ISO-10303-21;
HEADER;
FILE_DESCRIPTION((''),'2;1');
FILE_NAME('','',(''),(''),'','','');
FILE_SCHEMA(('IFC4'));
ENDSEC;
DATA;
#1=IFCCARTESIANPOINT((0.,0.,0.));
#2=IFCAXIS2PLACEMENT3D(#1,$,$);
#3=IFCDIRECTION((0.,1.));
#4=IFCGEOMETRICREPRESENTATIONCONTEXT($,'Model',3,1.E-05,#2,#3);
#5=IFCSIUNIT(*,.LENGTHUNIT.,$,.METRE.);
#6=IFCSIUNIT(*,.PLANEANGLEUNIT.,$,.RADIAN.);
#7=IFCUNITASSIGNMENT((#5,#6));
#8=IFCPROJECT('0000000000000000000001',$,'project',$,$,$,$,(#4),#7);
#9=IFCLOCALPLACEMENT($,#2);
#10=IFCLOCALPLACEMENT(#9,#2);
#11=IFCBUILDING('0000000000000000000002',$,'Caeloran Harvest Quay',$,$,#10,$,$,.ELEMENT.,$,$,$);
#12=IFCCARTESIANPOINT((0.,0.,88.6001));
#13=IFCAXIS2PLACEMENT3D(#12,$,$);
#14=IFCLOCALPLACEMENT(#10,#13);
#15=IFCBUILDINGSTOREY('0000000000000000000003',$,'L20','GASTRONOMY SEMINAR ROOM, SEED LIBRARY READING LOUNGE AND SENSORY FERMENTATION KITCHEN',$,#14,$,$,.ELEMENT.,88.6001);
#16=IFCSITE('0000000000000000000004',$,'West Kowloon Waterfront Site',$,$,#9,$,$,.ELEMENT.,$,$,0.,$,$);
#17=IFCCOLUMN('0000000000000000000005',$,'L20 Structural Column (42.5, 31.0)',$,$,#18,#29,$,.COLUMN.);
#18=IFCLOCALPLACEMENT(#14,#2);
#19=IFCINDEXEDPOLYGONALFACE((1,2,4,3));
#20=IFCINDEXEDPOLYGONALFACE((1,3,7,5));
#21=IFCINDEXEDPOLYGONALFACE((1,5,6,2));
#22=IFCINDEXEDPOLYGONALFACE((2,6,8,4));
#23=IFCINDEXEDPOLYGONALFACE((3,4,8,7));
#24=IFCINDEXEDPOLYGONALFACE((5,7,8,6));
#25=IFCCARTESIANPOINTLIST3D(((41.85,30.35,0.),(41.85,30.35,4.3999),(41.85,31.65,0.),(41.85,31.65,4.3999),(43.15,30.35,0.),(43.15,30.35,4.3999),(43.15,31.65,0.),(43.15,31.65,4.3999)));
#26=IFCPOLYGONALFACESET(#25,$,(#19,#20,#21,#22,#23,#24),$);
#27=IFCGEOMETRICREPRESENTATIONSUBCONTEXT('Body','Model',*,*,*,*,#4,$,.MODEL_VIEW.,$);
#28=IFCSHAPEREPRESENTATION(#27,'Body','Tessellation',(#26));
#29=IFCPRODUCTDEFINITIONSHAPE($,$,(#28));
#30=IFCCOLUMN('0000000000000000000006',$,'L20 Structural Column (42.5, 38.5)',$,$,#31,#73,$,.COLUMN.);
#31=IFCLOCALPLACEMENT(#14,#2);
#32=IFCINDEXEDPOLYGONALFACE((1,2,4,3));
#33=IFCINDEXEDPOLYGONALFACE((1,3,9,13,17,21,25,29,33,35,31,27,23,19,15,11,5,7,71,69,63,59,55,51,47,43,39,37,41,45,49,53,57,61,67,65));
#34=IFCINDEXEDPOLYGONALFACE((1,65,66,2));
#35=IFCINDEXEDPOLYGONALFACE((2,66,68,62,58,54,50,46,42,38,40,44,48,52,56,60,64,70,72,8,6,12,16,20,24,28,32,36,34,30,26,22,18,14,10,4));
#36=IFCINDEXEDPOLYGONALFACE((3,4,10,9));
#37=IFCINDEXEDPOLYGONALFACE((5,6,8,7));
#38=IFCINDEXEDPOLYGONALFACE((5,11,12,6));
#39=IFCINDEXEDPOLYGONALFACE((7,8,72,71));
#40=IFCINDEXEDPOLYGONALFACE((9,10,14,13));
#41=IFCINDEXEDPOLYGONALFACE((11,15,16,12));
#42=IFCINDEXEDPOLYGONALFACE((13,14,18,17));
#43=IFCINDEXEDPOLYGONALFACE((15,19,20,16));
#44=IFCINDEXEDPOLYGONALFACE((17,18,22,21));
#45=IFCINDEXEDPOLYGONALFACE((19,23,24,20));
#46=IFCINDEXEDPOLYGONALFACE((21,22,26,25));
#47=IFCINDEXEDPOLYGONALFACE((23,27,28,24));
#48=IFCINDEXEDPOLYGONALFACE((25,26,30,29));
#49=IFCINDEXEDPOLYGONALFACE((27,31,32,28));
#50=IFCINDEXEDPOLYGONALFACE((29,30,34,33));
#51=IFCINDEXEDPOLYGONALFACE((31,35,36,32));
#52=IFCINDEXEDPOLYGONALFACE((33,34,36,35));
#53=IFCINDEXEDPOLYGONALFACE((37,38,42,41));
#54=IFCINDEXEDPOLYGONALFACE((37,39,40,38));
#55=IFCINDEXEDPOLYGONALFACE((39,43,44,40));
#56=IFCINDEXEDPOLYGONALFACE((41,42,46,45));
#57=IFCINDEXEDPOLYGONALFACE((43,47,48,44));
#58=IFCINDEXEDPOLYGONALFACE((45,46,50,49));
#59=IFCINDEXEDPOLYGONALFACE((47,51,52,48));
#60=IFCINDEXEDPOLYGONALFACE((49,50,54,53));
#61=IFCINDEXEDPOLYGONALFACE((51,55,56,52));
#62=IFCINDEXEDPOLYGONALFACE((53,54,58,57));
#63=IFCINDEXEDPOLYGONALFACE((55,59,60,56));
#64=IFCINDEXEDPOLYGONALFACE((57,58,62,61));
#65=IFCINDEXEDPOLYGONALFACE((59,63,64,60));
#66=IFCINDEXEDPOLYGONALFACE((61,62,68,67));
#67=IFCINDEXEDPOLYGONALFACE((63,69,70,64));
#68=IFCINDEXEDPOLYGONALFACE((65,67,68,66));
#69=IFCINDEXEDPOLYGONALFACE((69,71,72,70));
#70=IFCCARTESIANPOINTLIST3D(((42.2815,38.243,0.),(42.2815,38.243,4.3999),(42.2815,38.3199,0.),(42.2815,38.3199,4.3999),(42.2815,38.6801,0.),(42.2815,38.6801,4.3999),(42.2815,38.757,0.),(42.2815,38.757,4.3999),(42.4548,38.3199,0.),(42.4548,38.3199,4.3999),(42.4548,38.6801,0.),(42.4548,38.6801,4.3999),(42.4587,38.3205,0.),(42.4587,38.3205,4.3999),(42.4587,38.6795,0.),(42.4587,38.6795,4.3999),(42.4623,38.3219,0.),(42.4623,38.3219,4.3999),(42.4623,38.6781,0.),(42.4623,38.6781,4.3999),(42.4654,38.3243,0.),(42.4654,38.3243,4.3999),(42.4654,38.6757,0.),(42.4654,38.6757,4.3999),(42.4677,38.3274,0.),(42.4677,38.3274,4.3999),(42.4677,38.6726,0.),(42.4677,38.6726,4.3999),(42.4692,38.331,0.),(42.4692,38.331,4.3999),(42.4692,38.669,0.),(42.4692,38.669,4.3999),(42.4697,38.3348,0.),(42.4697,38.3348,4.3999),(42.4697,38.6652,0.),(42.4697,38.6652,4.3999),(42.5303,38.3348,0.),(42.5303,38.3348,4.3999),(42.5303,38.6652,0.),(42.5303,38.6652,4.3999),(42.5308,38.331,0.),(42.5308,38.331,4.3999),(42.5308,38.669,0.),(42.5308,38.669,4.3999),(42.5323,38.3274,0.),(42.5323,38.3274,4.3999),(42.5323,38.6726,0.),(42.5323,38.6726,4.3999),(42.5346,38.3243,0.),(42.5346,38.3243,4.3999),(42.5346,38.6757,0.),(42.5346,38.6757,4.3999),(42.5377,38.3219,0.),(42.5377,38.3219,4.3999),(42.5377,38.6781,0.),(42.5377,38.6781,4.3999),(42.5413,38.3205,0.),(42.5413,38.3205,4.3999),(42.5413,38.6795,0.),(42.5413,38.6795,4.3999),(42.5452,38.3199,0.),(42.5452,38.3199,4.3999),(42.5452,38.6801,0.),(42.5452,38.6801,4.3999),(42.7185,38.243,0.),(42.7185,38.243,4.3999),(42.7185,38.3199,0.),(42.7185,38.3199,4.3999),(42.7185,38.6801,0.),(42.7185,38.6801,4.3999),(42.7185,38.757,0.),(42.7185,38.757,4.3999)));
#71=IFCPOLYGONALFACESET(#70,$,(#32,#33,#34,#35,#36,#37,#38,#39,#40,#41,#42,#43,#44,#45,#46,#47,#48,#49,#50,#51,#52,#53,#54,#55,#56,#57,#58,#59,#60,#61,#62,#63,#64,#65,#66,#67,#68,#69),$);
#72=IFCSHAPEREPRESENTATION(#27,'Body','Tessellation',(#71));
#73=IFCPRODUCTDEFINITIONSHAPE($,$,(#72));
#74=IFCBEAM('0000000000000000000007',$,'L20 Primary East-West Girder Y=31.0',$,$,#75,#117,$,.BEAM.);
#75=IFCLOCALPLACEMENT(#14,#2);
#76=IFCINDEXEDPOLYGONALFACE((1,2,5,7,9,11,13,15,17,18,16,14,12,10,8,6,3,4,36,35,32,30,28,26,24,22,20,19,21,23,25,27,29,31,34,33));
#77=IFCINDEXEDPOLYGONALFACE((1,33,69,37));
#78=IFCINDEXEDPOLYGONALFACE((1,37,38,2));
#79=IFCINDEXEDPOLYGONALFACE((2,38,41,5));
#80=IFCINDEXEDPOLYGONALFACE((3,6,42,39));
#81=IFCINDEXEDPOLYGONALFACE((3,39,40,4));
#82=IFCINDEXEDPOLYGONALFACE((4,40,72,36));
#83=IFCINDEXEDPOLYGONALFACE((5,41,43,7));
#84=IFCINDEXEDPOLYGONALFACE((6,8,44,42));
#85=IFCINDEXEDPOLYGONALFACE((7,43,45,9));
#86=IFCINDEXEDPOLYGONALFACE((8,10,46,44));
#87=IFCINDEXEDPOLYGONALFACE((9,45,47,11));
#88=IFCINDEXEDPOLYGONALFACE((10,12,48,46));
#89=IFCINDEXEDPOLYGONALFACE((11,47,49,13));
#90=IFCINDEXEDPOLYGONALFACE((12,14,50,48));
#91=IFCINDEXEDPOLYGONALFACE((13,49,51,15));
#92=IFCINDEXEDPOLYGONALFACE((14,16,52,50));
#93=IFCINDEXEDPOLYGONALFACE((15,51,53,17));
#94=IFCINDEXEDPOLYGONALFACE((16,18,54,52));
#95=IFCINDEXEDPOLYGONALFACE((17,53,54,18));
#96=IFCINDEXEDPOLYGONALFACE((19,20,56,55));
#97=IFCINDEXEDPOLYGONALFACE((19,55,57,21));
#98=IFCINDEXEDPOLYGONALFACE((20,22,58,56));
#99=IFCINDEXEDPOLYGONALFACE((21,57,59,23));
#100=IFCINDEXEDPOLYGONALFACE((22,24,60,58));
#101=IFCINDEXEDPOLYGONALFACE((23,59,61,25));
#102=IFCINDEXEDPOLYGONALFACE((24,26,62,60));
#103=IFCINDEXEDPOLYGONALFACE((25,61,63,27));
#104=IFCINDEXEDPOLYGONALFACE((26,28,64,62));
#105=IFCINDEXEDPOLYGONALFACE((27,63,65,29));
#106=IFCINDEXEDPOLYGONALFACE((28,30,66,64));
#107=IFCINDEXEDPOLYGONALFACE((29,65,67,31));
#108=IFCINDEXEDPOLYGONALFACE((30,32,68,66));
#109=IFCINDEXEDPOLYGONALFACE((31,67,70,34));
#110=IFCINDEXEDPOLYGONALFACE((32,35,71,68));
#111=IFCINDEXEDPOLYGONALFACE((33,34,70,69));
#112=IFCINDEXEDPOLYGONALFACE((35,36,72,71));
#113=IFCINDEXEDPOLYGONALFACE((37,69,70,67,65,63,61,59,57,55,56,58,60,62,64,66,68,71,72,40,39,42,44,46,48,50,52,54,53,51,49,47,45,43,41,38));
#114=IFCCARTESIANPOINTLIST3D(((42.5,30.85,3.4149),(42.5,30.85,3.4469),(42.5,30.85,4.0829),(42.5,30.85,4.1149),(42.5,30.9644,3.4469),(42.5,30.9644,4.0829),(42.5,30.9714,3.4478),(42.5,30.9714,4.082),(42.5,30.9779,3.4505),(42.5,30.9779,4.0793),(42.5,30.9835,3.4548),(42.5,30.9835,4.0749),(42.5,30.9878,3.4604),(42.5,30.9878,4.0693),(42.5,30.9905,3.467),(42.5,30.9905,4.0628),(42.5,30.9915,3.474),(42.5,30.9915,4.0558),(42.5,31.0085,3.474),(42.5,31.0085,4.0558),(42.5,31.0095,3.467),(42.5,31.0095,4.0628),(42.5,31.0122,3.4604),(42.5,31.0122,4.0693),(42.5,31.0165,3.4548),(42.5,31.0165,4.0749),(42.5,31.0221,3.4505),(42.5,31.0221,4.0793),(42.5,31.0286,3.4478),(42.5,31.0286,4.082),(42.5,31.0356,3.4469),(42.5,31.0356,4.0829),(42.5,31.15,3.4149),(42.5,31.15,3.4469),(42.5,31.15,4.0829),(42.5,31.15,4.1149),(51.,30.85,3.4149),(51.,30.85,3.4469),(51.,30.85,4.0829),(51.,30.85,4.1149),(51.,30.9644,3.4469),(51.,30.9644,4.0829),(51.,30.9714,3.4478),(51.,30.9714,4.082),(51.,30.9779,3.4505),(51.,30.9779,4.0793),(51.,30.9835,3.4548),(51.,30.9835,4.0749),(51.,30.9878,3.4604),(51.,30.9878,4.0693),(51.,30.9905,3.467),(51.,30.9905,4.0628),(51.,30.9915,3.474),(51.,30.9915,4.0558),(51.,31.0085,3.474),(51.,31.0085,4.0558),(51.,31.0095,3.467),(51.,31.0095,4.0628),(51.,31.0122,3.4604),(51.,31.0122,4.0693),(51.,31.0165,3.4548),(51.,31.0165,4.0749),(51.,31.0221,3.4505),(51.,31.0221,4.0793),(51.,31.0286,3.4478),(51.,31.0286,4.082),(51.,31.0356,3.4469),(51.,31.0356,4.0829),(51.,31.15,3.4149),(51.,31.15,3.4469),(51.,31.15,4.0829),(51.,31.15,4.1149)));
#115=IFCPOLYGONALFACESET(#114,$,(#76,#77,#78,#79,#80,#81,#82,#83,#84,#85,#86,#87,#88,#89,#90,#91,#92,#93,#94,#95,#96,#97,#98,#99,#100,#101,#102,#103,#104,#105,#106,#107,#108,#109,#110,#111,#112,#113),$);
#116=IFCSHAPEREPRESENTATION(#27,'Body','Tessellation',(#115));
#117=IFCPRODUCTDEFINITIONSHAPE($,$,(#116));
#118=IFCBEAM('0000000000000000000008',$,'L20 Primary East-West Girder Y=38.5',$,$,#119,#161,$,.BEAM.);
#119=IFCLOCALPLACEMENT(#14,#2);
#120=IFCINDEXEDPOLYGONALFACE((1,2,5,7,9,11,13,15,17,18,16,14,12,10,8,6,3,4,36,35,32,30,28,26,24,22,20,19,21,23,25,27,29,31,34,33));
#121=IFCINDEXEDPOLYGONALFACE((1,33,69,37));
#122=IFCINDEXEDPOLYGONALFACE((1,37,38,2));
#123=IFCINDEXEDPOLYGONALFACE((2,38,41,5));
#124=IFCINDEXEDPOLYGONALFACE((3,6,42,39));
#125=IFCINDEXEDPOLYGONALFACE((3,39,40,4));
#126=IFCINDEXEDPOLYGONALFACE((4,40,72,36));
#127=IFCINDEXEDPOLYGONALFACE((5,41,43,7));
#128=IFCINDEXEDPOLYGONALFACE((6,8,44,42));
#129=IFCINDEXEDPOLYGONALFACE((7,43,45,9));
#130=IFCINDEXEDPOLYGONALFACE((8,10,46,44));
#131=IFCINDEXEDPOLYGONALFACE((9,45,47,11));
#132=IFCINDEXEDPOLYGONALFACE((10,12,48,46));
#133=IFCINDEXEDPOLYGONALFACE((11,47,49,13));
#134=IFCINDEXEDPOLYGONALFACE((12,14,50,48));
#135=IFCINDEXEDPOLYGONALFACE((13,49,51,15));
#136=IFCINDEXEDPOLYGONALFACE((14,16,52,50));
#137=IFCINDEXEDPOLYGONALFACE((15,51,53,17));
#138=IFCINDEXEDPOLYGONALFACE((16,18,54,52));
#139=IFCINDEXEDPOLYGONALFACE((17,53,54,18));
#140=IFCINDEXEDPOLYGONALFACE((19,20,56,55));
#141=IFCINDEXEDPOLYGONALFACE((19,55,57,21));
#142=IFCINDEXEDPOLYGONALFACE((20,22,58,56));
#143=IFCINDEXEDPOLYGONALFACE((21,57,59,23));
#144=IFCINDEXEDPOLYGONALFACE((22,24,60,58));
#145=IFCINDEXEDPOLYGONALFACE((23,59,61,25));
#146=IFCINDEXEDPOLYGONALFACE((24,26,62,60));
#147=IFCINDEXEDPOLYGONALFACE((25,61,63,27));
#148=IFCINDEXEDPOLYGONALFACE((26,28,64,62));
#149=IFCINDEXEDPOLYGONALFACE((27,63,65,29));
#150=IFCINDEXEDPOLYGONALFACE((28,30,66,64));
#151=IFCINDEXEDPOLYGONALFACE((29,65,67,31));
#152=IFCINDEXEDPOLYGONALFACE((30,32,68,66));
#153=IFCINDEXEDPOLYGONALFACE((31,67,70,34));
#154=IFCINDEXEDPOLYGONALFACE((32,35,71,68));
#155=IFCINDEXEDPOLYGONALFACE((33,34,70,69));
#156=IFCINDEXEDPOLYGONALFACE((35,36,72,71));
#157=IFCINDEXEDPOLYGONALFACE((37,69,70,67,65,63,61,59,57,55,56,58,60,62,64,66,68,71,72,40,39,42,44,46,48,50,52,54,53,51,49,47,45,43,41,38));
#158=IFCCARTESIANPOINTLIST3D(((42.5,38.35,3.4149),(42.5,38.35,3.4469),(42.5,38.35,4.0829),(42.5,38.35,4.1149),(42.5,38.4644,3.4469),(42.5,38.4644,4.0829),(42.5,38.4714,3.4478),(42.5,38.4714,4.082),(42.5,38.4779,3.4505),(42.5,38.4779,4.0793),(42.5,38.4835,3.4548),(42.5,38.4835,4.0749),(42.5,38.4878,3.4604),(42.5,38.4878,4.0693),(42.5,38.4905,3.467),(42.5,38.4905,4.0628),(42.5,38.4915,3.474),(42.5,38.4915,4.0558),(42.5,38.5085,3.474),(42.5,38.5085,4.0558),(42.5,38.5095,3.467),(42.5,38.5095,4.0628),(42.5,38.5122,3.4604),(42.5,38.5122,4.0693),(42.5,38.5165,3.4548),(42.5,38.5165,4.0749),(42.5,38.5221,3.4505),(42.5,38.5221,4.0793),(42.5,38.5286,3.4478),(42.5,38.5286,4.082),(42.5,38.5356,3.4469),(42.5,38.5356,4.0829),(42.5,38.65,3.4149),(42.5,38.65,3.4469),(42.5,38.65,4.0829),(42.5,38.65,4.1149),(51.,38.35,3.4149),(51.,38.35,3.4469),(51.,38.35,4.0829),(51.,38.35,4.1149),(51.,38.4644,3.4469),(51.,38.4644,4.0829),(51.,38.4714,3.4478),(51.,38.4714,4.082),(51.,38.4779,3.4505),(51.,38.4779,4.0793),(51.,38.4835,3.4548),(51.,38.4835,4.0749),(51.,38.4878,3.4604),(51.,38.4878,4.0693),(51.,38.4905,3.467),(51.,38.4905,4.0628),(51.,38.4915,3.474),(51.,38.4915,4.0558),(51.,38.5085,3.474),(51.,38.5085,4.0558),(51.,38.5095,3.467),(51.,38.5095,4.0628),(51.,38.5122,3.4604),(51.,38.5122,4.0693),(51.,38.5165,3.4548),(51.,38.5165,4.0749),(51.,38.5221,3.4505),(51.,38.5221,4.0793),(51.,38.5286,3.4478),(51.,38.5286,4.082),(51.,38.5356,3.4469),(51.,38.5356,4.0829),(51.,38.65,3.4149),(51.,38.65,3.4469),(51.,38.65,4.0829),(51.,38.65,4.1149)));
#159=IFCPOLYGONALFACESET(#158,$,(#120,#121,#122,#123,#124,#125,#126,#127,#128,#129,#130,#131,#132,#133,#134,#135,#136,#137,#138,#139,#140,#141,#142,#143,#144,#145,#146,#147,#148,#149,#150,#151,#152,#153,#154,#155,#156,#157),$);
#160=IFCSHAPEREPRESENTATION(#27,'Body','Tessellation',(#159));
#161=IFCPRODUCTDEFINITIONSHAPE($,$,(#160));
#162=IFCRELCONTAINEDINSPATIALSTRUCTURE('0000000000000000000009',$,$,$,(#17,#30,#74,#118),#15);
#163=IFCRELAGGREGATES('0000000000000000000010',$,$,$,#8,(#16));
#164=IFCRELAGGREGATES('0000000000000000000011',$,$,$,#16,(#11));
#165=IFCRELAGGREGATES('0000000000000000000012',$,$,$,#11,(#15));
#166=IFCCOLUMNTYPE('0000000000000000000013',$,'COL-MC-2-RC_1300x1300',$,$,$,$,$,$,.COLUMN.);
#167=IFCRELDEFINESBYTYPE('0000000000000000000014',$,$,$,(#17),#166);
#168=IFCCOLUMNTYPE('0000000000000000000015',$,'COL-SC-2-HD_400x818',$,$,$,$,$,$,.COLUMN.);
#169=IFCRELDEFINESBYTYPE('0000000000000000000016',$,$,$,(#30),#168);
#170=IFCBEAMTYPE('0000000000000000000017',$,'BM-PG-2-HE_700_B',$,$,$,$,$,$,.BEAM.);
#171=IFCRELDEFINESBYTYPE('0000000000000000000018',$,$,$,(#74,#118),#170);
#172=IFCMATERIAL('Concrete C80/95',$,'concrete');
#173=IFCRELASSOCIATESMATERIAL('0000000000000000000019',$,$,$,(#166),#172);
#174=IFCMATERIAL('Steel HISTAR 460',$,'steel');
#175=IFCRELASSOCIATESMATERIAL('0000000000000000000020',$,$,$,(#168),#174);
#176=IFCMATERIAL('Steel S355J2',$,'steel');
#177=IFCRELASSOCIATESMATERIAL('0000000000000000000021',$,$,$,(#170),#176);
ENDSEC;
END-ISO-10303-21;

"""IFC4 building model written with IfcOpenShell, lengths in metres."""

from ifc_helpers import new_model, si_unit, direction, frame, origin, origin_2d, place, context, subcontext, project, spatial, rectangle, i_section, extrude, material, material_profile, profile_set, type_object, element, save


model = new_model("IFC4")

# Units and contexts
model_context = context("Model", 3, precision=1e-05, world=origin(), true_north=direction((0.0, 1.0)))
body_context = subcontext(model_context, "Body", "Model", "MODEL_VIEW")
ifc_project = project(units=[si_unit("LENGTHUNIT", "METRE"), si_unit("PLANEANGLEUNIT", "RADIAN")], contexts=[model_context])

# Site, building, storey
site_placement = place(None, origin())
site = spatial("IfcSite", under=ifc_project, at=site_placement, Name="West Kowloon Waterfront Site", CompositionType="ELEMENT", RefElevation=0.0)
building_placement = place(site_placement, origin())
building = spatial("IfcBuilding", under=site, at=building_placement, Name="Caeloran Harvest Quay", CompositionType="ELEMENT")
storey_placement = place(building_placement, frame((0.0, 0.0, 88.6001)))
storey = spatial("IfcBuildingStorey", under=building, at=storey_placement, Name="L20", Description="GASTRONOMY SEMINAR ROOM, SEED LIBRARY READING LOUNGE AND SENSORY FERMENTATION KITCHEN", CompositionType="ELEMENT", Elevation=88.6001)

# Columns
ifc_material_1 = material(Name="Concrete C80/95", Category="concrete")
ifc_material_profile_1 = material_profile(ifc_material_1, rectangle(XDim=1.3, YDim=1.3, at=origin_2d()), Name="RC 1300x1300")
ifc_profile_set_1 = profile_set([ifc_material_profile_1], Name="Concrete C80/95")
column_type_1 = type_object("IfcColumnType", Name="COL-MC-2-RC_1300x1300", PredefinedType="COLUMN", material=ifc_profile_set_1)
column_1_placement = place(storey_placement, frame((42.5, 31.0, 0.0), z_axis=(0.0, 0.0, 1.0), x_axis=(1.0, 0.0, 0.0)))
element("IfcColumn", 1, at=column_1_placement, inside=storey, type_object=column_type_1, Name="L20 Structural Column (42.5, 31.0)", PredefinedType="COLUMN", context=body_context, shape_type="SweptSolid", body=[
    extrude(rectangle(XDim=1.3, YDim=1.3, at=origin_2d()), origin(), (0.0, 0.0, 1.0), 4.3999),
])
ifc_material_2 = material(Name="Steel HISTAR 460", Category="steel")
ifc_material_profile_2 = material_profile(ifc_material_2, i_section(OverallWidth=0.437, OverallDepth=0.5139, WebThickness=0.0605, FlangeThickness=0.0769, FilletRadius=0.0149, at=origin_2d()), Name="HD 400x818")
ifc_profile_set_2 = profile_set([ifc_material_profile_2], Name="Steel HISTAR 460")
column_type_2 = type_object("IfcColumnType", Name="COL-SC-2-HD_400x818", PredefinedType="COLUMN", material=ifc_profile_set_2)
column_2_placement = place(storey_placement, frame((42.5, 38.5, 0.0), z_axis=(0.0, 0.0, 1.0), x_axis=(1.0, 0.0, 0.0)))
element("IfcColumn", 2, at=column_2_placement, inside=storey, type_object=column_type_2, Name="L20 Structural Column (42.5, 38.5)", PredefinedType="COLUMN", context=body_context, shape_type="SweptSolid", body=[
    extrude(i_section(OverallWidth=0.437, OverallDepth=0.5139, WebThickness=0.0605, FlangeThickness=0.0769, FilletRadius=0.0149, at=origin_2d()), origin(), (0.0, 0.0, 1.0), 4.3999),
])

# Beams
ifc_material_3 = material(Name="Steel S355J2", Category="steel")
ifc_material_profile_3 = material_profile(ifc_material_3, i_section(OverallWidth=0.3, OverallDepth=0.7, WebThickness=0.0171, FlangeThickness=0.032, FilletRadius=0.0271, at=origin_2d()), Name="HE 700 B")
ifc_profile_set_3 = profile_set([ifc_material_profile_3], Name="Steel S355J2")
beam_type_1 = type_object("IfcBeamType", Name="BM-PG-2-HE_700_B", PredefinedType="BEAM", material=ifc_profile_set_3)
for number, where, z_axis, x_axis, name in (
    (3, (42.5, 31.0, 3.7649), (1.0, 0.0, 0.0), (0.0, 1.0, 0.0), "L20 Primary East-West Girder Y=31.0"),
    (4, (42.5, 38.5, 3.7649), (1.0, 0.0, 0.0), (0.0, 1.0, 0.0), "L20 Primary East-West Girder Y=38.5"),
):
    element("IfcBeam", number, at=place(storey_placement, frame(where, z_axis=z_axis, x_axis=x_axis)), inside=storey, type_object=beam_type_1, Name=name, PredefinedType="BEAM", context=body_context, shape_type="SweptSolid", body=[
        extrude(i_section(OverallWidth=0.3, OverallDepth=0.7, WebThickness=0.0171, FlangeThickness=0.032, FilletRadius=0.0271, at=origin_2d()), origin(), (0.0, 0.0, 1.0), 8.5),
    ])

save(model, "model.ifc")
